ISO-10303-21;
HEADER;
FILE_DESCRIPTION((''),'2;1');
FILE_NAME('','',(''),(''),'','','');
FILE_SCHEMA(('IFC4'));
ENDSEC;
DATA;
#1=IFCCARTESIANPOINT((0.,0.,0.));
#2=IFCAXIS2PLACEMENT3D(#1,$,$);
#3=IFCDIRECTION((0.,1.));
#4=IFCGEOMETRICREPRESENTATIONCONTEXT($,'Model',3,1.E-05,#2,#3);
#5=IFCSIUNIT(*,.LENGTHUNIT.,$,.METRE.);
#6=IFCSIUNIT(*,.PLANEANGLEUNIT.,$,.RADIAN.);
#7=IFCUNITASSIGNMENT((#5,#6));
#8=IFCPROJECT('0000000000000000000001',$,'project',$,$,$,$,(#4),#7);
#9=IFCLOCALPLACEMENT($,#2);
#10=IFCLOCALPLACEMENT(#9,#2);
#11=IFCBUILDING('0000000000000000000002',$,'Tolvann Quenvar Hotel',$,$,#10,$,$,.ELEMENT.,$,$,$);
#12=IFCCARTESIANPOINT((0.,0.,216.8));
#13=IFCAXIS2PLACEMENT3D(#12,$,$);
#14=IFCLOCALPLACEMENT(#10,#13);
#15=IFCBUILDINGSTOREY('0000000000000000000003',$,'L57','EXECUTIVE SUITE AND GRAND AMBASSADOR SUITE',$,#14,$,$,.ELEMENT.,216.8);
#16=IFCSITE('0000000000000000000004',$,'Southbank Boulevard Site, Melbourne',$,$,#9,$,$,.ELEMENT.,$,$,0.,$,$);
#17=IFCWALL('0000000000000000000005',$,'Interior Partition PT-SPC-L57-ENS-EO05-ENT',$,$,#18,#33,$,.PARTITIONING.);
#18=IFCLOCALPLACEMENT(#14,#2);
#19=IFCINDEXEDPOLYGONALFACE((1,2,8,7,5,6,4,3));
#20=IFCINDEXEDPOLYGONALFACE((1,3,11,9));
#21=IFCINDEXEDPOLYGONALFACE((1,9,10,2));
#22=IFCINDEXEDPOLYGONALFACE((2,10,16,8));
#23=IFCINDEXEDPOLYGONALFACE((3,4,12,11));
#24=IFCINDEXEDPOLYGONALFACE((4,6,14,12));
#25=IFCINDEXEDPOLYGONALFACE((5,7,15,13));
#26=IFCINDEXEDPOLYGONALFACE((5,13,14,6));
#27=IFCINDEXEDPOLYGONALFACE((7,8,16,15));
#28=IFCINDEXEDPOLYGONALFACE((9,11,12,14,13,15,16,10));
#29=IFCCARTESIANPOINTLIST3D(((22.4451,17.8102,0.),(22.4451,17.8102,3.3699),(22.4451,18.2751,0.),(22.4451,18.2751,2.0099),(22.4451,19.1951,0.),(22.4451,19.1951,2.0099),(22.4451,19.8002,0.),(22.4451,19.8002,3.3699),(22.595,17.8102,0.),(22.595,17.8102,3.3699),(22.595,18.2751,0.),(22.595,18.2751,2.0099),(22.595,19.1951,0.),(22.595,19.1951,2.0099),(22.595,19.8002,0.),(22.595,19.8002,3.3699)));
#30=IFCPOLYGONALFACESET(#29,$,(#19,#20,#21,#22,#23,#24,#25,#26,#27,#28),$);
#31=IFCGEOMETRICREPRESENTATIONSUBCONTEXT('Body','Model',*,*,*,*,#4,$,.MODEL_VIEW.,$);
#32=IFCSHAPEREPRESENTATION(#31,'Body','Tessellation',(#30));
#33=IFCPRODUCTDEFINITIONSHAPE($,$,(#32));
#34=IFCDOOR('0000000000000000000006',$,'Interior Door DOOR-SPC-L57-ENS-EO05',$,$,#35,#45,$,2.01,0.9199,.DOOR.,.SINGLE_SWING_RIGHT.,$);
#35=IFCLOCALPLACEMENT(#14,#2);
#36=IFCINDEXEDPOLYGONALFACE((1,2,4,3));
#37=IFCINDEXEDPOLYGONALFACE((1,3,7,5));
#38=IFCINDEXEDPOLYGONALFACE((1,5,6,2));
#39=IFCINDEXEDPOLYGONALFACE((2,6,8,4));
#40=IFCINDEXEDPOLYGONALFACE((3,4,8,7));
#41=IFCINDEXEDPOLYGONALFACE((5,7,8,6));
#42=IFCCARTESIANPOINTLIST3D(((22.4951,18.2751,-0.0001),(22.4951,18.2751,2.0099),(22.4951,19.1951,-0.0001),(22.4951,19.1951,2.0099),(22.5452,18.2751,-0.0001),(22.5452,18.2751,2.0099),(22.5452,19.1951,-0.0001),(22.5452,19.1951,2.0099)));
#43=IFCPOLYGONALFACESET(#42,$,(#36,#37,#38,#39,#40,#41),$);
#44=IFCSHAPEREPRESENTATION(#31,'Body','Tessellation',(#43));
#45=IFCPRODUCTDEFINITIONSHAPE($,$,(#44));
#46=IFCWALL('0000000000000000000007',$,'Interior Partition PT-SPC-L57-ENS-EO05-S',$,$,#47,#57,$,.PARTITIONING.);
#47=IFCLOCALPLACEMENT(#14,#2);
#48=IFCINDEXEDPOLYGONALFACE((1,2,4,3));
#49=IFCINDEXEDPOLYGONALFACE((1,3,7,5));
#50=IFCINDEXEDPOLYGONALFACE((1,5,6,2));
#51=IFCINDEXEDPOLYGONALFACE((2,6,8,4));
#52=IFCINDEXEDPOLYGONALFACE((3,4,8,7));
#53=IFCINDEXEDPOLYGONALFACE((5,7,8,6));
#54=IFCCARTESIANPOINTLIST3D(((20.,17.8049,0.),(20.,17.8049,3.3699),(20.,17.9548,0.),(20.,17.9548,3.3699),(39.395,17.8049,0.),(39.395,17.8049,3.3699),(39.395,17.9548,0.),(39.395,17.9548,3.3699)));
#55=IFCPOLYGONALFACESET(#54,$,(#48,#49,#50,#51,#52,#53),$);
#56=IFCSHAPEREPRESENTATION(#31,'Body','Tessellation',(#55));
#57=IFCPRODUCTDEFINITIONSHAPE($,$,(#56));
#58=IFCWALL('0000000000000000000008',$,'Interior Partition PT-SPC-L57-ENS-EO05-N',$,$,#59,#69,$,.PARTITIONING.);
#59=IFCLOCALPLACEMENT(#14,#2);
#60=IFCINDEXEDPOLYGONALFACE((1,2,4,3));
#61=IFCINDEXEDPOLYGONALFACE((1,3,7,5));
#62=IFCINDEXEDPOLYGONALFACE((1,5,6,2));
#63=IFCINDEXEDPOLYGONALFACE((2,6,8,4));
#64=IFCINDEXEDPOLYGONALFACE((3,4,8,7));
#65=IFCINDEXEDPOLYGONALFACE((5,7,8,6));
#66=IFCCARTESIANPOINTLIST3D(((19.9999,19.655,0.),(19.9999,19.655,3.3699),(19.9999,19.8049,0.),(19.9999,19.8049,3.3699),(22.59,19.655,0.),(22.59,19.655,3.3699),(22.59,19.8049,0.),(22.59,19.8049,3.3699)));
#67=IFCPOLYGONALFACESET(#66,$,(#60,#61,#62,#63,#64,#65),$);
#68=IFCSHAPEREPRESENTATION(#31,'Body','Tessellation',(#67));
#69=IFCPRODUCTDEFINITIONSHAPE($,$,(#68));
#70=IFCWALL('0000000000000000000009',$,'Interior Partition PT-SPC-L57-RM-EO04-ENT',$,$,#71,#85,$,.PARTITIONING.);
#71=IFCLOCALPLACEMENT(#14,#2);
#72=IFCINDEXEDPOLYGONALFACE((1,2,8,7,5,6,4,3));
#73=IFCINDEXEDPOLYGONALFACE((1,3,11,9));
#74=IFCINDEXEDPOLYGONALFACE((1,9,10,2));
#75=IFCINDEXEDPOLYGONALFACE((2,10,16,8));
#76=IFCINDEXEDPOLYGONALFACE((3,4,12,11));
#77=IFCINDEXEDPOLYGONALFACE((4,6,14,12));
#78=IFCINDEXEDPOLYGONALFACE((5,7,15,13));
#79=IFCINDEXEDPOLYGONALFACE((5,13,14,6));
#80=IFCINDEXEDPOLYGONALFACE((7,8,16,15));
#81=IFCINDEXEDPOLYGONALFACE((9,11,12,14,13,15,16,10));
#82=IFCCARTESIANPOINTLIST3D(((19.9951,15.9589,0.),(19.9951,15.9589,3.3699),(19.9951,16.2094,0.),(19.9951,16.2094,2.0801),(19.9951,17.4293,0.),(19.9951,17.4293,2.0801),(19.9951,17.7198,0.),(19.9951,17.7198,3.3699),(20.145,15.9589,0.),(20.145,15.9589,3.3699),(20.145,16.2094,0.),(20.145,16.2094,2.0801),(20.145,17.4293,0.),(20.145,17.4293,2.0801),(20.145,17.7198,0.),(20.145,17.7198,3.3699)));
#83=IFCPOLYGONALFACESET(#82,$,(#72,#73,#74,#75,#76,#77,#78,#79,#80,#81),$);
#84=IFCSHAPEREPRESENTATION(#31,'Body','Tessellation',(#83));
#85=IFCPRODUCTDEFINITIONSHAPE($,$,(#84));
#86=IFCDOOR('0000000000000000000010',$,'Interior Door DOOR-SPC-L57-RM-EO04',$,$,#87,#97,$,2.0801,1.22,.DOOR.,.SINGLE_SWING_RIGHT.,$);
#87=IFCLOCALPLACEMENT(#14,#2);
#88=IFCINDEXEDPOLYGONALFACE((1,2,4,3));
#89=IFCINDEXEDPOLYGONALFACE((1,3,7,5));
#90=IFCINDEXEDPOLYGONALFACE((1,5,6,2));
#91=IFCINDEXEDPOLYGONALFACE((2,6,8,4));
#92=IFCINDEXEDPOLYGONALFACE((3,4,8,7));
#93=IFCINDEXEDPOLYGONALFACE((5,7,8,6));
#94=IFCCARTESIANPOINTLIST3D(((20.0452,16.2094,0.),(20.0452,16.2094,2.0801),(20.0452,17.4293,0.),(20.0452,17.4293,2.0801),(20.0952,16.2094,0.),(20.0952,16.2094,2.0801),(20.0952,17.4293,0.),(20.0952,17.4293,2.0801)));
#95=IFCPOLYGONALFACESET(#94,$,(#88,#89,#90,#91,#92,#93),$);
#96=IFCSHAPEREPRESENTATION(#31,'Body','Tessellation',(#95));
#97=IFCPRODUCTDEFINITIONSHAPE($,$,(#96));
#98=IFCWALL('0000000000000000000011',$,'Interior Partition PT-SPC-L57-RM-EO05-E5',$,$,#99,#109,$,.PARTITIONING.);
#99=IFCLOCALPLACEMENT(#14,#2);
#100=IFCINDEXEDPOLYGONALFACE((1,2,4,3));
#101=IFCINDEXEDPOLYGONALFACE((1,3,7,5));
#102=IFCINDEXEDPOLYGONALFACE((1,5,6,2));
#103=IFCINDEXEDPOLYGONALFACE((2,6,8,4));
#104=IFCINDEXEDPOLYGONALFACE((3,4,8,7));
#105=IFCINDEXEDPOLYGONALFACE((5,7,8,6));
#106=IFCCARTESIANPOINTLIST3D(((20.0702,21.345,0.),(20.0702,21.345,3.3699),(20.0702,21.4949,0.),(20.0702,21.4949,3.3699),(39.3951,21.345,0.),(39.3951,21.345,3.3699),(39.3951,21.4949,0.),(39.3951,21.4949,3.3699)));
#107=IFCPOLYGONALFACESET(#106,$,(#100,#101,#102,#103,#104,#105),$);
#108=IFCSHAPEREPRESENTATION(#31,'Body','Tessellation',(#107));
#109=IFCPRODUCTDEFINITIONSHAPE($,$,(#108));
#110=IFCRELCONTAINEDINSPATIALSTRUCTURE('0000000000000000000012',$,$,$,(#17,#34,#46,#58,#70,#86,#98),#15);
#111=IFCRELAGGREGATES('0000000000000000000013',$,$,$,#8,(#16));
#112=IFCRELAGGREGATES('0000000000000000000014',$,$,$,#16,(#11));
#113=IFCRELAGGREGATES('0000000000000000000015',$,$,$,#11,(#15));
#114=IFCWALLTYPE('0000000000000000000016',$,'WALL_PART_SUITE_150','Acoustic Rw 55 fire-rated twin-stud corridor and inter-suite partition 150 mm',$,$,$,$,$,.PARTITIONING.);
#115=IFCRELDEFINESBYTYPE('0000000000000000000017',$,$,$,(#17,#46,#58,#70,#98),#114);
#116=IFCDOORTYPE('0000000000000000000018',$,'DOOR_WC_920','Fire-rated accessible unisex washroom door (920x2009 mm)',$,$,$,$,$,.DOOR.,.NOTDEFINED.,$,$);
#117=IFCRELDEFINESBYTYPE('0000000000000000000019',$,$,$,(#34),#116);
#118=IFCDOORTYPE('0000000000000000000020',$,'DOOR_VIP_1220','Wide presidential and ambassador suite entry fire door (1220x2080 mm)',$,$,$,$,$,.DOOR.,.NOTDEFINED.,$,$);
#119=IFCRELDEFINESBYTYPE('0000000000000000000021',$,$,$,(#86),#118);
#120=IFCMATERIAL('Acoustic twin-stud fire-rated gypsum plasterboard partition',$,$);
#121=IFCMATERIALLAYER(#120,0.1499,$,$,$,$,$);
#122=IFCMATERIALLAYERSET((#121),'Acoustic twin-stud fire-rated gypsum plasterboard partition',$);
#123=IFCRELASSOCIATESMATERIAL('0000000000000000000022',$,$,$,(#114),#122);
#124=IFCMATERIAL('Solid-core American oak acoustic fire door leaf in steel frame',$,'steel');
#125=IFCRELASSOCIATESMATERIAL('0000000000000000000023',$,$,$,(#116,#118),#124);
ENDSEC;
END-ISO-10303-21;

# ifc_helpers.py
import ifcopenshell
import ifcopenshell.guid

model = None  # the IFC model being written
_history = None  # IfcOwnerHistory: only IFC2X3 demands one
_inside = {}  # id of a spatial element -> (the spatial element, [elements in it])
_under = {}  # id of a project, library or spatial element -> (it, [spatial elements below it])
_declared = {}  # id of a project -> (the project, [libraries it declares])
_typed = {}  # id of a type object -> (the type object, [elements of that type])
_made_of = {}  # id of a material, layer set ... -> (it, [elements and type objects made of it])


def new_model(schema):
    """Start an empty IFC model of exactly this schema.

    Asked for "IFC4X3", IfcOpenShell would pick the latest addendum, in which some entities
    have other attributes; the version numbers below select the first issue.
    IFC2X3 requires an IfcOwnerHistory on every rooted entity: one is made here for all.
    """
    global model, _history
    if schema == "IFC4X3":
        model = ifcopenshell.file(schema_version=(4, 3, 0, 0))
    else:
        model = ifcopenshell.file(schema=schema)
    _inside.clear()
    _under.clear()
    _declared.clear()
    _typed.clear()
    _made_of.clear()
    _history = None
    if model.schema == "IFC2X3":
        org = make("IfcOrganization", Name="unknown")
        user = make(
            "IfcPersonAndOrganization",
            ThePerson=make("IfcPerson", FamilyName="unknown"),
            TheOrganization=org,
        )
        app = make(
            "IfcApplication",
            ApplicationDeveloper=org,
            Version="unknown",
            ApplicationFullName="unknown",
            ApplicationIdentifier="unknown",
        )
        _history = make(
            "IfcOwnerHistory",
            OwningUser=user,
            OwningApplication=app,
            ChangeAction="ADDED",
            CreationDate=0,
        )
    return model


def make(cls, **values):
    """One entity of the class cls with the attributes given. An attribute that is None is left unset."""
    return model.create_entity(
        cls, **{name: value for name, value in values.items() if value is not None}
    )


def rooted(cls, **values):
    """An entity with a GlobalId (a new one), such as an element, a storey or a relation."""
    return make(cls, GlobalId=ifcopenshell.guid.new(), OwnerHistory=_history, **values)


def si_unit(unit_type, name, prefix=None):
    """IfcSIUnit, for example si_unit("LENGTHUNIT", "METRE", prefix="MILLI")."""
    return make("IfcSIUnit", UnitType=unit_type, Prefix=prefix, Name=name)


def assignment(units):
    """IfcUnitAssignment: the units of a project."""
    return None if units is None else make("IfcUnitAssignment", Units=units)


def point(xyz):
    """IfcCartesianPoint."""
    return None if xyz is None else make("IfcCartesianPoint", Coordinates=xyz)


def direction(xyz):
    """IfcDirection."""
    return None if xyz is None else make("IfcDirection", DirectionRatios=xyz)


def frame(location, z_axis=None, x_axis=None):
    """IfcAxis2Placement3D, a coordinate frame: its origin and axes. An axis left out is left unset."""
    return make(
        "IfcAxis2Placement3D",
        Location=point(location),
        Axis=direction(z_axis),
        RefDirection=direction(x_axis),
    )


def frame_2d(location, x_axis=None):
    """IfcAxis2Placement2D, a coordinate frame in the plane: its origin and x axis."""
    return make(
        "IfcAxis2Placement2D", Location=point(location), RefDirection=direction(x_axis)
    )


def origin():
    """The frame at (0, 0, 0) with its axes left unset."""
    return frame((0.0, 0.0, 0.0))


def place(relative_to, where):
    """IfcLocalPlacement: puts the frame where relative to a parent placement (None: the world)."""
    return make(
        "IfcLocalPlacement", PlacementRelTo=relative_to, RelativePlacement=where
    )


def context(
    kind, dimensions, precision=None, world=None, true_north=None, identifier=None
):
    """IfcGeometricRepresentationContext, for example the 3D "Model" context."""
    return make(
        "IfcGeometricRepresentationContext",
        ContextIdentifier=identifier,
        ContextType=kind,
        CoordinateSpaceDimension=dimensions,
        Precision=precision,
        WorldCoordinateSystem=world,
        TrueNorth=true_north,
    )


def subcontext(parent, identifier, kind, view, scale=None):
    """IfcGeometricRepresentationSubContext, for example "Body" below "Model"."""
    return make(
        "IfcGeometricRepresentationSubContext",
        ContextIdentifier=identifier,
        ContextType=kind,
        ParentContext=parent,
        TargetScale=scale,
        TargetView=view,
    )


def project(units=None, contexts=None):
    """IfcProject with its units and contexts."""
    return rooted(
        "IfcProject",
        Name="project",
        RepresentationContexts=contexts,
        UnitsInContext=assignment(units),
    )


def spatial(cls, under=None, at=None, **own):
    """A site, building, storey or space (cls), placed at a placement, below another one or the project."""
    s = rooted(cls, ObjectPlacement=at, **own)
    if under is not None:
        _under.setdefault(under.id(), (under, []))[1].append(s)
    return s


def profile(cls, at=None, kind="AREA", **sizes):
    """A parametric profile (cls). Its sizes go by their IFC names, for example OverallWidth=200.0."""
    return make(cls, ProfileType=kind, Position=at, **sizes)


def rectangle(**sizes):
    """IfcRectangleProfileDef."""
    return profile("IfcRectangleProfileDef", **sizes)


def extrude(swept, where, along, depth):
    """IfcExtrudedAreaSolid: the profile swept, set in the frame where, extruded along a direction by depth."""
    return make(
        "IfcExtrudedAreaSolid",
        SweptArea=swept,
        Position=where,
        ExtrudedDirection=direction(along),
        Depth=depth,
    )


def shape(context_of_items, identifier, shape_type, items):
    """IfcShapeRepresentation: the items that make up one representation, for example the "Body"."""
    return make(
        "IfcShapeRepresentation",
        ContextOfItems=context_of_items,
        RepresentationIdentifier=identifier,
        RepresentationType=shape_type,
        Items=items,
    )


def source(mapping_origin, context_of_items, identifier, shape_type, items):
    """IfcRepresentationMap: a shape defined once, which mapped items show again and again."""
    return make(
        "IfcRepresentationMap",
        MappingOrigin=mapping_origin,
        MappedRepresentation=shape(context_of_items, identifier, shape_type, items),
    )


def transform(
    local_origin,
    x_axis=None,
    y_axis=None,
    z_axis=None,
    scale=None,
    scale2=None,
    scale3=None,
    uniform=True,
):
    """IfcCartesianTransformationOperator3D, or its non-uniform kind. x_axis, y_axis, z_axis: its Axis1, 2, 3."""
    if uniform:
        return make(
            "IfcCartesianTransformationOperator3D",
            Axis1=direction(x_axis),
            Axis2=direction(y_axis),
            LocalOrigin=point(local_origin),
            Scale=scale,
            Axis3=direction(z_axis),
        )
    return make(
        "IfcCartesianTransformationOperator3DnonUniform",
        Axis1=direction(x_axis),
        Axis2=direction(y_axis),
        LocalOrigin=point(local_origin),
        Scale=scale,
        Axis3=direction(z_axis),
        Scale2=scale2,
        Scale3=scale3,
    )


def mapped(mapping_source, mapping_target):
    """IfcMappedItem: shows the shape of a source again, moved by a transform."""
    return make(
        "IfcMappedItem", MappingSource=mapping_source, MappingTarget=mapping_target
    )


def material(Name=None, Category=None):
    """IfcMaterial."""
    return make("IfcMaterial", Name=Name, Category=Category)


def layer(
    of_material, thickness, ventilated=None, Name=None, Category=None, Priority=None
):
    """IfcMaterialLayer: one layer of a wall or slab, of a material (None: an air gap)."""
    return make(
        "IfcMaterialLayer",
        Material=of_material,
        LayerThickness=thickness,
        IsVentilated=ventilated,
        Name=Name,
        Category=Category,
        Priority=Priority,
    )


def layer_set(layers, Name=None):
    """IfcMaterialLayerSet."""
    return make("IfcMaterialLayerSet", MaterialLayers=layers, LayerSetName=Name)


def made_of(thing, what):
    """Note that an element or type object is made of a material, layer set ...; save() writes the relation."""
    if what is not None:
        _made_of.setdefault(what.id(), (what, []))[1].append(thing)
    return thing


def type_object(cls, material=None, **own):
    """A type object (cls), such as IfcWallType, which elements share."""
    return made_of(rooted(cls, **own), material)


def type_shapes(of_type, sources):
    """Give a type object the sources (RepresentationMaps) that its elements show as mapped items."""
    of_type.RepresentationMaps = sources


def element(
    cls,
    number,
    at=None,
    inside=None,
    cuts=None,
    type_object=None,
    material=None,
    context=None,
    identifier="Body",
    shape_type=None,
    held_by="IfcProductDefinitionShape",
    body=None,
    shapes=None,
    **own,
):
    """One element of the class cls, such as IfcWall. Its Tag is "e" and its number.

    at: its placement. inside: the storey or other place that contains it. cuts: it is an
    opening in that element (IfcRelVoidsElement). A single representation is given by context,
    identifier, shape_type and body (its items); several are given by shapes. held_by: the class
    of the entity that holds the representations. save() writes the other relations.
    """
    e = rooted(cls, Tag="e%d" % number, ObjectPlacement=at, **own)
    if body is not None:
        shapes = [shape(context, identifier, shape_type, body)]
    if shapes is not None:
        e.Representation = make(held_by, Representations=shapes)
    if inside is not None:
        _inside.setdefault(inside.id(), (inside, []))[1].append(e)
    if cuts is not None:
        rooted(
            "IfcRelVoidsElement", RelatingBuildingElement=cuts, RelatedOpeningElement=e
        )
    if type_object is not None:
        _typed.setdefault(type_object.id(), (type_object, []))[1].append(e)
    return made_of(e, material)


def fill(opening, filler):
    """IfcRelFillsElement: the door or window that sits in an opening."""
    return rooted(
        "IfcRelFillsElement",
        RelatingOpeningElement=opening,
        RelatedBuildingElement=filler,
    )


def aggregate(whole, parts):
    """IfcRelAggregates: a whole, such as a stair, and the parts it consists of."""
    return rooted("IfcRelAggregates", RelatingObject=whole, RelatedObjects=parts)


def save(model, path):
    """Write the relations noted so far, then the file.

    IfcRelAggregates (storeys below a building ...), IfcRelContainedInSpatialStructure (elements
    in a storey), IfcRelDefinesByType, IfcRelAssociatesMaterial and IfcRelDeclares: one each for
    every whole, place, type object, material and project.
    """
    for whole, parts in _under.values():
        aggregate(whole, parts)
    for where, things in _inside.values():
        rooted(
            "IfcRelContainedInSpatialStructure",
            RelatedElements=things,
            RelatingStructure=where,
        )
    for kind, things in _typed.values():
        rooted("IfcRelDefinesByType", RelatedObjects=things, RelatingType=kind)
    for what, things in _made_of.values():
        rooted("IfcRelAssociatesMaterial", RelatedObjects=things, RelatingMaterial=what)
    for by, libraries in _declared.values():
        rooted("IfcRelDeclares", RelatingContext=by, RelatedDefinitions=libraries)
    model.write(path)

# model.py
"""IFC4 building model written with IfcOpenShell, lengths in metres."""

from ifc_helpers import new_model, si_unit, direction, frame, frame_2d, origin, place, context, subcontext, project, spatial, rectangle, extrude, source, transform, mapped, material, layer, layer_set, type_object, type_shapes, element, fill, save


model = new_model("IFC4")

# Units and contexts
model_context = context("Model", 3, precision=1e-05, world=origin(), true_north=direction((0.0, 1.0)))
body_context = subcontext(model_context, "Body", "Model", "MODEL_VIEW")
ifc_project = project(units=[si_unit("LENGTHUNIT", "METRE"), si_unit("PLANEANGLEUNIT", "RADIAN")], contexts=[model_context])

# Site, building, storey
site_placement = place(None, origin())
site = spatial("IfcSite", under=ifc_project, at=site_placement, Name="Southbank Boulevard Site, Melbourne", CompositionType="ELEMENT", RefElevation=0.0)
building_placement = place(site_placement, origin())
building = spatial("IfcBuilding", under=site, at=building_placement, Name="Tolvann Quenvar Hotel", CompositionType="ELEMENT")
storey_placement = place(building_placement, frame((0.0, 0.0, 216.8)))
storey = spatial("IfcBuildingStorey", under=building, at=storey_placement, Name="L57", Description="EXECUTIVE SUITE AND GRAND AMBASSADOR SUITE", CompositionType="ELEMENT", Elevation=216.8)

# Shared definitions
ifc_material_1 = material(Name="Acoustic twin-stud fire-rated gypsum plasterboard partition")
ifc_layer_1 = layer(ifc_material_1, 0.1499)
ifc_layer_set_1 = layer_set([ifc_layer_1], Name="Acoustic twin-stud fire-rated gypsum plasterboard partition")
wall_type_1 = type_object("IfcWallType", Name="WALL_PART_SUITE_150", Description="Acoustic Rw 55 fire-rated twin-stud corridor and inter-suite partition 150 mm", PredefinedType="PARTITIONING", material=ifc_layer_set_1)
ifc_material_2 = material(Name="Solid-core American oak acoustic fire door leaf in steel frame", Category="steel")
door_type_1 = type_object("IfcDoorType", Name="DOOR_WC_920", Description="Fire-rated accessible unisex washroom door (920x2009 mm)", OperationType="NOTDEFINED", PredefinedType="DOOR", material=ifc_material_2)
shared_shape_1 = source(origin(), body_context, "Body", "SweptSolid", [
    extrude(rectangle(XDim=0.9199, YDim=2.01, at=frame_2d((0.46, 1.0049))), frame((0.0, 0.0249, 0.0), z_axis=(0.0, -1.0, 0.0), x_axis=(1.0, 0.0, 0.0)), (0.0, 0.0, 1.0), 0.05),
])
type_shapes(door_type_1, [shared_shape_1])

# Wall, opening, door
wall_1_placement = place(storey_placement, frame((22.52, 17.8101, 0.0), z_axis=(0.0, 0.0, 1.0), x_axis=(0.0, 1.0, 0.0)))
wall_1 = element("IfcWall", 1, at=wall_1_placement, inside=storey, type_object=wall_type_1, Name="Interior Partition PT-SPC-L57-ENS-EO05-ENT", PredefinedType="PARTITIONING", context=body_context, shape_type="SweptSolid", body=[
    extrude(rectangle(XDim=1.99, YDim=0.1499, at=frame_2d((0.9951, 0.0))), origin(), (0.0, 0.0, 1.0), 3.3699),
])
opening_1_placement = place(wall_1_placement, frame((0.4651, 0.0, 0.0)))
opening_1 = element("IfcOpeningElement", 2, at=opening_1_placement, cuts=wall_1, PredefinedType="OPENING", context=body_context, shape_type="SweptSolid", body=[
    extrude(rectangle(XDim=0.9199, YDim=2.01, at=frame_2d((0.46, 1.0049))), frame((0.0, 0.085, 0.0), z_axis=(0.0, -1.0, 0.0), x_axis=(1.0, 0.0, 0.0)), (0.0, 0.0, 1.0), 0.1699),
])
door_1_placement = place(opening_1_placement, origin())
door_1 = element("IfcDoor", 3, at=door_1_placement, inside=storey, type_object=door_type_1, Name="Interior Door DOOR-SPC-L57-ENS-EO05", OperationType="SINGLE_SWING_RIGHT", OverallHeight=2.01, OverallWidth=0.9199, PredefinedType="DOOR", context=body_context, shape_type="MappedRepresentation", body=[
    mapped(shared_shape_1, transform((0.0, 0.0, 0.0), x_axis=(1.0, 0.0, 0.0), y_axis=(0.0, 1.0, 0.0), z_axis=(0.0, 0.0, 1.0), scale=1.0)),
])
fill(opening_1, door_1)

# Walls
wall_2_placement = place(storey_placement, frame((20.0, 17.8799, 0.0), z_axis=(0.0, 0.0, 1.0), x_axis=(1.0, 0.0, 0.0)))
element("IfcWall", 4, at=wall_2_placement, inside=storey, type_object=wall_type_1, Name="Interior Partition PT-SPC-L57-ENS-EO05-S", PredefinedType="PARTITIONING", context=body_context, shape_type="SweptSolid", body=[
    extrude(rectangle(XDim=19.395, YDim=0.1499, at=frame_2d((9.6975, 0.0))), origin(), (0.0, 0.0, 1.0), 3.3699),
])
wall_3_placement = place(storey_placement, frame((20.0, 19.73, 0.0), z_axis=(0.0, 0.0, 1.0), x_axis=(1.0, 0.0, 0.0)))
element("IfcWall", 5, at=wall_3_placement, inside=storey, type_object=wall_type_1, Name="Interior Partition PT-SPC-L57-ENS-EO05-N", PredefinedType="PARTITIONING", context=body_context, shape_type="SweptSolid", body=[
    extrude(rectangle(XDim=2.5901, YDim=0.1499, at=frame_2d((1.2949, 0.0))), origin(), (0.0, 0.0, 1.0), 3.3699),
])

# Wall, opening, door
wall_4_placement = place(storey_placement, frame((20.0701, 15.959, 0.0), z_axis=(0.0, 0.0, 1.0), x_axis=(0.0, 1.0, 0.0)))
wall_4 = element("IfcWall", 6, at=wall_4_placement, inside=storey, type_object=wall_type_1, Name="Interior Partition PT-SPC-L57-RM-EO04-ENT", PredefinedType="PARTITIONING", context=body_context, shape_type="SweptSolid", body=[
    extrude(rectangle(XDim=1.761, YDim=0.1499, at=frame_2d((0.8804, 0.0))), origin(), (0.0, 0.0, 1.0), 3.3699),
])
opening_2_placement = place(wall_4_placement, frame((0.2505, 0.0, 0.0)))
opening_2 = element("IfcOpeningElement", 7, at=opening_2_placement, cuts=wall_4, PredefinedType="OPENING", context=body_context, shape_type="SweptSolid", body=[
    extrude(rectangle(XDim=1.22, YDim=2.0801, at=frame_2d((0.6099, 1.04))), frame((0.0, 0.085, 0.0), z_axis=(0.0, -1.0, 0.0), x_axis=(1.0, 0.0, 0.0)), (0.0, 0.0, 1.0), 0.1699),
])
door_type_2 = type_object("IfcDoorType", Name="DOOR_VIP_1220", Description="Wide presidential and ambassador suite entry fire door (1220x2080 mm)", OperationType="NOTDEFINED", PredefinedType="DOOR", material=ifc_material_2)
shared_shape_2 = source(origin(), body_context, "Body", "SweptSolid", [
    extrude(rectangle(XDim=1.22, YDim=2.0801, at=frame_2d((0.6099, 1.04))), frame((0.0, 0.0249, 0.0), z_axis=(0.0, -1.0, 0.0), x_axis=(1.0, 0.0, 0.0)), (0.0, 0.0, 1.0), 0.05),
])
type_shapes(door_type_2, [shared_shape_2])
door_2_placement = place(opening_2_placement, origin())
door_2 = element("IfcDoor", 8, at=door_2_placement, inside=storey, type_object=door_type_2, Name="Interior Door DOOR-SPC-L57-RM-EO04", OperationType="SINGLE_SWING_RIGHT", OverallHeight=2.0801, OverallWidth=1.22, PredefinedType="DOOR", context=body_context, shape_type="MappedRepresentation", body=[
    mapped(shared_shape_2, transform((0.0, 0.0, 0.0), x_axis=(1.0, 0.0, 0.0), y_axis=(0.0, 1.0, 0.0), z_axis=(0.0, 0.0, 1.0), scale=1.0)),
])
fill(opening_2, door_2)

# Wall
wall_5_placement = place(storey_placement, frame((20.0701, 21.4199, 0.0), z_axis=(0.0, 0.0, 1.0), x_axis=(1.0, 0.0, 0.0)))
element("IfcWall", 9, at=wall_5_placement, inside=storey, type_object=wall_type_1, Name="Interior Partition PT-SPC-L57-RM-EO05-E5", PredefinedType="PARTITIONING", context=body_context, shape_type="SweptSolid", body=[
    extrude(rectangle(XDim=19.325, YDim=0.1499, at=frame_2d((9.6626, 0.0))), origin(), (0.0, 0.0, 1.0), 3.3699),
])

save(model, "model.ifc")
